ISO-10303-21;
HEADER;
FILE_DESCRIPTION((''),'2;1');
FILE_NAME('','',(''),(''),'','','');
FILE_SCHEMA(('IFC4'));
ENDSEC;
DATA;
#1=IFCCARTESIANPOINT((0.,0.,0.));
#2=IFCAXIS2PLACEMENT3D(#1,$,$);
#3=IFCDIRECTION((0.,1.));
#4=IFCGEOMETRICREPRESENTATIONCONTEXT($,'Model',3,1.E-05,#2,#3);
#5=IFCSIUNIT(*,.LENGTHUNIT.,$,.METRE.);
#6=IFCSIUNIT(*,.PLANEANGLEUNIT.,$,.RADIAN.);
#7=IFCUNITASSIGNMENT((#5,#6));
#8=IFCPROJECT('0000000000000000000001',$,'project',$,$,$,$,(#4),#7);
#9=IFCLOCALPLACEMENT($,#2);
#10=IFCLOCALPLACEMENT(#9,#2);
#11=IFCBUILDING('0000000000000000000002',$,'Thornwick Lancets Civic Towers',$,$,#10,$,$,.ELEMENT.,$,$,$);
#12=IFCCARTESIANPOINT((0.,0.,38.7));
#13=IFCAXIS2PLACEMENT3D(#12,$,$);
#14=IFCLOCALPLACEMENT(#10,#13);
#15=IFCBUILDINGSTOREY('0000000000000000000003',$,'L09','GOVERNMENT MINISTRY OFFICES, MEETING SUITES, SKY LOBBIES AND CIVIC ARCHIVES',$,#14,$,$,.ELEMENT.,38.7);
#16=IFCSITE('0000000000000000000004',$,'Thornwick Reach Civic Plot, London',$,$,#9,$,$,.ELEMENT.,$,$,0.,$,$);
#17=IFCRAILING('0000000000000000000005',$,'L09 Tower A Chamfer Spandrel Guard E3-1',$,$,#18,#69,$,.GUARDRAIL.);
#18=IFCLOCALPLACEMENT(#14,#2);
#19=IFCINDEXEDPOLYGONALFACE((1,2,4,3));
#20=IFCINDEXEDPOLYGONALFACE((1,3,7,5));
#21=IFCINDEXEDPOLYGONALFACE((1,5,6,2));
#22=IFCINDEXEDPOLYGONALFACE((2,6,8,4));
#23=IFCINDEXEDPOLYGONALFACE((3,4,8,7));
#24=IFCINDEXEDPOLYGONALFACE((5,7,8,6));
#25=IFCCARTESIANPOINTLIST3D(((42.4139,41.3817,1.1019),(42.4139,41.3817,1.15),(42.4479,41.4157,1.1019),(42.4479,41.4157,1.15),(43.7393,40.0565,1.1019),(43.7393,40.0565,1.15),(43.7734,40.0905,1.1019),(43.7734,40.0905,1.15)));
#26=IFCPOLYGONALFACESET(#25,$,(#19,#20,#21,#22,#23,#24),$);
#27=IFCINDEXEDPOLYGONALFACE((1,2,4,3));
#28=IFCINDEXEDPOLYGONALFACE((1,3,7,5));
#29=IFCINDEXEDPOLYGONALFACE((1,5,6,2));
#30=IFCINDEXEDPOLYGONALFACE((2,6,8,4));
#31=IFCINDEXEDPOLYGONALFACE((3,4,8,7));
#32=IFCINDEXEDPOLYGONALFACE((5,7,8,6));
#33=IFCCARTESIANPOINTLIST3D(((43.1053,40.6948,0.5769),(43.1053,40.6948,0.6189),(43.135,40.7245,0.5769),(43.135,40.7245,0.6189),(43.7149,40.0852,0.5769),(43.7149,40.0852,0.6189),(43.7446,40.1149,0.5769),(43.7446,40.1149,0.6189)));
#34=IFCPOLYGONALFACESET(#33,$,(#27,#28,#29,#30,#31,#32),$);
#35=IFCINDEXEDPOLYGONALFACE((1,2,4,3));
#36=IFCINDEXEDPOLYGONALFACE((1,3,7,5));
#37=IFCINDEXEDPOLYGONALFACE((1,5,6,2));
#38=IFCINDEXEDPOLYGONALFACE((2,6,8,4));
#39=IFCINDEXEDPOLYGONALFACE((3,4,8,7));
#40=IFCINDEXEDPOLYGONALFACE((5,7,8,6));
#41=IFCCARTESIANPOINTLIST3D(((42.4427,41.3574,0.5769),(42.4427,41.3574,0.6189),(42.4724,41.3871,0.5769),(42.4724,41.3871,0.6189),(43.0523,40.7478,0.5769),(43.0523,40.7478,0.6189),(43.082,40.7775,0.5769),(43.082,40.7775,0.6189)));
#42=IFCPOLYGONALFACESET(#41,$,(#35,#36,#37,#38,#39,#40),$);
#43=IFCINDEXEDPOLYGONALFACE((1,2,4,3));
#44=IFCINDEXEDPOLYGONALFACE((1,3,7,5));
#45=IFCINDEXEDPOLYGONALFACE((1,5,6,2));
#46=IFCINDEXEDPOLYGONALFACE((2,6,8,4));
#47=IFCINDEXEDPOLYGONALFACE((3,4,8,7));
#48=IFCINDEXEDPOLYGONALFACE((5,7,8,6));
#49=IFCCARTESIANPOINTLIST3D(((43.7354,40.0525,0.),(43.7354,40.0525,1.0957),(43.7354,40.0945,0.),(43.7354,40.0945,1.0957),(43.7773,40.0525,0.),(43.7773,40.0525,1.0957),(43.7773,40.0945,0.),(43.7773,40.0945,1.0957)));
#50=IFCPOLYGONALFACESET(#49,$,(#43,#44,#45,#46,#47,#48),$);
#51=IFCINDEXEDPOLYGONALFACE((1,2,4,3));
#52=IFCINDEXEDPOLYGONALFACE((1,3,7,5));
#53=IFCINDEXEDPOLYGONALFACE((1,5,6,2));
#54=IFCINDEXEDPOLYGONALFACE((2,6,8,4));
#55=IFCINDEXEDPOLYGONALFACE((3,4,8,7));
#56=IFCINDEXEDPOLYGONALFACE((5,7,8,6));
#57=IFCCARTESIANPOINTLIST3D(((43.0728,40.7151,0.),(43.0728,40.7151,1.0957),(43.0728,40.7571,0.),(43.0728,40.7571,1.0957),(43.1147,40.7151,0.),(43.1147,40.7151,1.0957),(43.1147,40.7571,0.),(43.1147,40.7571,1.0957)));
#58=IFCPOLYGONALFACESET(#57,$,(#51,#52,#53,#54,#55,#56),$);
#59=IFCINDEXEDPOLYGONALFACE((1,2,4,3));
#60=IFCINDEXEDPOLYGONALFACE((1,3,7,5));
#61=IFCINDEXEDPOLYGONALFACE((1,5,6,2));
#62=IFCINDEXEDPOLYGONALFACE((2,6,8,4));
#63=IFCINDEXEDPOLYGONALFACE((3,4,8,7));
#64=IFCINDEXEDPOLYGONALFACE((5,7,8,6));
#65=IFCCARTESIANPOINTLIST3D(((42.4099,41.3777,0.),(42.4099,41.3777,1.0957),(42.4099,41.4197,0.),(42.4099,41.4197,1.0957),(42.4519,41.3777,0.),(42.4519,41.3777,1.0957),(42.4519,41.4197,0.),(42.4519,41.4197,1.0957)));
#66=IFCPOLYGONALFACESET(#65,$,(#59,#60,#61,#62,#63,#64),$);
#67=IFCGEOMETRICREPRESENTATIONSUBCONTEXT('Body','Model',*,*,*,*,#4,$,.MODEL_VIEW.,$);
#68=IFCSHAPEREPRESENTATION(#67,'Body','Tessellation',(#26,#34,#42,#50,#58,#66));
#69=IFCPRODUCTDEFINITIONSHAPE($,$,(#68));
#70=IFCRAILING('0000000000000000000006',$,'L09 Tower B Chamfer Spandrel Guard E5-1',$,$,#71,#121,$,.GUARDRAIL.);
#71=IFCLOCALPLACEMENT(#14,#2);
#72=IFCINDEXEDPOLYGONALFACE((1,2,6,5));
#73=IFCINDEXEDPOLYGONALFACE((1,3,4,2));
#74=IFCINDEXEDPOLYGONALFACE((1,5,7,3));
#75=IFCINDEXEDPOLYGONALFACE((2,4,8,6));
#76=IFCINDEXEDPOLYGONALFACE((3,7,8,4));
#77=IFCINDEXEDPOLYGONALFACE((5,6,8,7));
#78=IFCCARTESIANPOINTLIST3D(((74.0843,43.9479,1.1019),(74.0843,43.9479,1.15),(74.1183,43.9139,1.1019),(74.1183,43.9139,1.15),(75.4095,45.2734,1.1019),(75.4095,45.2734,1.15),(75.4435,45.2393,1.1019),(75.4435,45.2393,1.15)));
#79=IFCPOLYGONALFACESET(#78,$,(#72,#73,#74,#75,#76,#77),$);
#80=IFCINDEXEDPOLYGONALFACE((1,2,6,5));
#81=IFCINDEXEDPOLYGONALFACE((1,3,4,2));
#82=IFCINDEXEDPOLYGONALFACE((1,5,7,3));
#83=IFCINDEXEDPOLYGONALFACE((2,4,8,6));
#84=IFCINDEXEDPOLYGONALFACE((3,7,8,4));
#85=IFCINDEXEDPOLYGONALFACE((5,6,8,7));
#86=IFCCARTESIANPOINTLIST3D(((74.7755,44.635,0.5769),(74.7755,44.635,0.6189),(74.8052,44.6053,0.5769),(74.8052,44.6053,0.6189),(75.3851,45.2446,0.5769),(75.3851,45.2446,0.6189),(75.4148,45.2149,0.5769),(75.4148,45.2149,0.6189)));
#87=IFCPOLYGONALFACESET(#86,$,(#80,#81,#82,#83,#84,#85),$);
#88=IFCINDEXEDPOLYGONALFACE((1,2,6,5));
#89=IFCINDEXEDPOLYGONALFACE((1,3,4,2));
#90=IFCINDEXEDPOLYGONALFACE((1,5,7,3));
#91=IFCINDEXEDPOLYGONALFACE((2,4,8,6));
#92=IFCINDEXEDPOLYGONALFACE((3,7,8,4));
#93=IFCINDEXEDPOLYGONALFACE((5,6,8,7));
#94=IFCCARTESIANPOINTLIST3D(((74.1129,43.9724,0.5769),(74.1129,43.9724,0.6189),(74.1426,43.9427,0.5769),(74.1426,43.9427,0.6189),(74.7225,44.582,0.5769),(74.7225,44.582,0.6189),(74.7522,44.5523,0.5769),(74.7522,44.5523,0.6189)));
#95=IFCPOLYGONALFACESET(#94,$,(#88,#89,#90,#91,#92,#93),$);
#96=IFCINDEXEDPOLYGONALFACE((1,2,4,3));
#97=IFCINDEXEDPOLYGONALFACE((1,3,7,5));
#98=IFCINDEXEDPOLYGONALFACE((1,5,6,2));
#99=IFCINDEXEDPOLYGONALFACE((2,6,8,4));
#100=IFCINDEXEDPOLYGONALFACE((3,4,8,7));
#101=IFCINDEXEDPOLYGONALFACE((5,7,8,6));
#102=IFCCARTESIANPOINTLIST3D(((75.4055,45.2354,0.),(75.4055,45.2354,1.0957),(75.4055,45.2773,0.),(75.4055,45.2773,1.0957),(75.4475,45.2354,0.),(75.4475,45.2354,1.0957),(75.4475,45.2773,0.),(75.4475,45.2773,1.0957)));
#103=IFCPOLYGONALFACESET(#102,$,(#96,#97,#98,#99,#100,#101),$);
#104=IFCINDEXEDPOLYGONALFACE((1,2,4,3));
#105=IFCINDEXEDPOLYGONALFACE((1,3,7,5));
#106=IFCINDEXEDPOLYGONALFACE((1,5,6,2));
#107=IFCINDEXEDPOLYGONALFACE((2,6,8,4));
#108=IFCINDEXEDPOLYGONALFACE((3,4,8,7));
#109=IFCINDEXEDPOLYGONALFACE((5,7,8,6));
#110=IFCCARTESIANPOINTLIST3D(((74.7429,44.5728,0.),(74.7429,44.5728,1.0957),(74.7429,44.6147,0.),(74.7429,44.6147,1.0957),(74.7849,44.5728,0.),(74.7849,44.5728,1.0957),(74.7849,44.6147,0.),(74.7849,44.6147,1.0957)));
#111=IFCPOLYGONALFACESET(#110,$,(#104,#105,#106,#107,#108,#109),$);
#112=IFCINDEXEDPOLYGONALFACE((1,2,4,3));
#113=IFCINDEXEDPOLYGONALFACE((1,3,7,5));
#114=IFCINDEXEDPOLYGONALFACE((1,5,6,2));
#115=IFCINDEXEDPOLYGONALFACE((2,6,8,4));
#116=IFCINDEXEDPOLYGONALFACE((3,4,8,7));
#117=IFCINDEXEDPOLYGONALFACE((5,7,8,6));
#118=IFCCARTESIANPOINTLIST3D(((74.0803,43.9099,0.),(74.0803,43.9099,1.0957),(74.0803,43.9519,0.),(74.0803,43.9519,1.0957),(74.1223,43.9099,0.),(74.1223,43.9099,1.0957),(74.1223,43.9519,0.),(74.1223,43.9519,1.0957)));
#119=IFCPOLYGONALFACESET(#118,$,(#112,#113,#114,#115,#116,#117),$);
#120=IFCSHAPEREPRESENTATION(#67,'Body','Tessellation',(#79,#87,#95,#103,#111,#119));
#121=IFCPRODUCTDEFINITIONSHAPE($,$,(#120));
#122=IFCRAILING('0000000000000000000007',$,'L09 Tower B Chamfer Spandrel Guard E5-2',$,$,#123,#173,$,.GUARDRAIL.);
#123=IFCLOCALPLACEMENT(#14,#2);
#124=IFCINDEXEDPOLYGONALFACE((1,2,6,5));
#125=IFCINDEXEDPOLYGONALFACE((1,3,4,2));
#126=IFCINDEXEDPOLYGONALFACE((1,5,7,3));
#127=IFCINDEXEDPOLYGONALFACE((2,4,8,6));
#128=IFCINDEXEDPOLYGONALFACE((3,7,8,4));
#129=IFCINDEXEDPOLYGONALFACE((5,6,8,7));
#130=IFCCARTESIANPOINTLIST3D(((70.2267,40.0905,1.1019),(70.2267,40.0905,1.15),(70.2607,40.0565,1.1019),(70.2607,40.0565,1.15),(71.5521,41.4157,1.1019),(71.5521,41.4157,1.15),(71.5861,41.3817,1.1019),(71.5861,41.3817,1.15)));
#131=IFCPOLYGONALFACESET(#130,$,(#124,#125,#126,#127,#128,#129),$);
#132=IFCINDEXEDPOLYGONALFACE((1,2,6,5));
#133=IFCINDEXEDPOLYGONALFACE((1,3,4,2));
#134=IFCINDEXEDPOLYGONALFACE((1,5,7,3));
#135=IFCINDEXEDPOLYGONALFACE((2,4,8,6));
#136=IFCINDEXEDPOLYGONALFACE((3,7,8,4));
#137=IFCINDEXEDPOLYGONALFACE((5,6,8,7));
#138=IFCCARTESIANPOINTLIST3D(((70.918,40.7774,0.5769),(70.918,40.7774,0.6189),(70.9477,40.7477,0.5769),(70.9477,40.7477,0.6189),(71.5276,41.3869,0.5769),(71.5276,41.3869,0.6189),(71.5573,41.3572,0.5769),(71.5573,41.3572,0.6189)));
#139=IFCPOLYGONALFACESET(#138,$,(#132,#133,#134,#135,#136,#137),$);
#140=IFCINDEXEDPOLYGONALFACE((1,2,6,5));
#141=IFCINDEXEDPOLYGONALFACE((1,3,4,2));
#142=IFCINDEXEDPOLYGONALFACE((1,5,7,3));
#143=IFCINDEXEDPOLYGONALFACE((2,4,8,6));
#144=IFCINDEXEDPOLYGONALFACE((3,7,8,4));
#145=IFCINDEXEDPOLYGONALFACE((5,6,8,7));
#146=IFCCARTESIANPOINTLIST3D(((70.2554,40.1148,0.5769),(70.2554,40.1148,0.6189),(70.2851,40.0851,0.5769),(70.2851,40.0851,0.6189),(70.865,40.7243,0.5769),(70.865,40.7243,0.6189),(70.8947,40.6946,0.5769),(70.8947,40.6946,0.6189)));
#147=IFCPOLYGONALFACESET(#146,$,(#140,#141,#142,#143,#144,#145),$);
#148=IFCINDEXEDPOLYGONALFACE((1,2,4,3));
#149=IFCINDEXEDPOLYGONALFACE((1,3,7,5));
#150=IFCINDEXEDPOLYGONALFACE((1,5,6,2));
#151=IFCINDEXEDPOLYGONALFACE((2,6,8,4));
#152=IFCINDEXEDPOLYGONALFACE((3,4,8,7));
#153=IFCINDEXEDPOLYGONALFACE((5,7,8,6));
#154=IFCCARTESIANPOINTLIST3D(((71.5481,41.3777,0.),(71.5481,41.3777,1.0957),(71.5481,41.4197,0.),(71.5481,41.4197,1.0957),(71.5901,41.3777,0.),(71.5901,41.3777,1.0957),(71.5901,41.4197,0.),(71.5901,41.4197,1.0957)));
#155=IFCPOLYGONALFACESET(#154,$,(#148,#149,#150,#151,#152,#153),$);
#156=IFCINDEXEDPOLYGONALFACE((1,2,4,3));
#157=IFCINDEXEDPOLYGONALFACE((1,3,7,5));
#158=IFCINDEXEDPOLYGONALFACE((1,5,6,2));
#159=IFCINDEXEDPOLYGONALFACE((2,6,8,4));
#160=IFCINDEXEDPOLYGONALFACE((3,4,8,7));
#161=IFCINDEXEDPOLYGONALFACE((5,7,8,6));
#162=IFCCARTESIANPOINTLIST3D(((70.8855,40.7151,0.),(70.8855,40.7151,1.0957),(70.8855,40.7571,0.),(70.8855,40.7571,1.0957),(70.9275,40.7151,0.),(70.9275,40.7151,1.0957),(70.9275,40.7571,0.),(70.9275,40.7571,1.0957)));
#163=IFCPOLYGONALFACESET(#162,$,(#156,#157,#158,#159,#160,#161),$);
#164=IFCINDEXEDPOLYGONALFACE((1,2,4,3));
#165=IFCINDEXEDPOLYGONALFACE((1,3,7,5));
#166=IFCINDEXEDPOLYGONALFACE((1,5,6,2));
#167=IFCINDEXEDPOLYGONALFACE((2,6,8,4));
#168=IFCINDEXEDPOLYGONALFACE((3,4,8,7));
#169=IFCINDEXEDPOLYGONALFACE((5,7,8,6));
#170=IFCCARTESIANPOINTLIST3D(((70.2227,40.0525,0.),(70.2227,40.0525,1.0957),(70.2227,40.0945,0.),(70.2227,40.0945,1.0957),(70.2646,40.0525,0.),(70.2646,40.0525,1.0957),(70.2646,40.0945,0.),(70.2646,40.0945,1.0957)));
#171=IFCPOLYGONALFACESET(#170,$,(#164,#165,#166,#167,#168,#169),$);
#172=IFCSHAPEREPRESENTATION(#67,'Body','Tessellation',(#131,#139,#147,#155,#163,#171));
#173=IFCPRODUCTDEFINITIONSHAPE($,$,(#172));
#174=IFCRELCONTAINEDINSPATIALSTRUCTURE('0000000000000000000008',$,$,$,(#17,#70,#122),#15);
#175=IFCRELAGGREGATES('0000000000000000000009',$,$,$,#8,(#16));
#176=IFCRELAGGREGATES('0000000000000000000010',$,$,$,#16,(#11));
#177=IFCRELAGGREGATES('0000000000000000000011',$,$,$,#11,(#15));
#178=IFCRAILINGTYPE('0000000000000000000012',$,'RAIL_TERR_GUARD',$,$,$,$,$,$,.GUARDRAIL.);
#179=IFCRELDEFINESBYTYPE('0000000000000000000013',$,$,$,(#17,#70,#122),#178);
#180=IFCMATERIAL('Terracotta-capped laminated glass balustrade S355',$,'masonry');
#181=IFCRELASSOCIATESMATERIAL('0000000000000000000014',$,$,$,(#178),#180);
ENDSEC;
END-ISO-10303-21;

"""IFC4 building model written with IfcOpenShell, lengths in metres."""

from ifc_helpers import new_model, si_unit, direction, frame, origin, origin_2d, place, context, subcontext, project, spatial, rectangle, extrude, material, type_object, element, save


model = new_model("IFC4")

# Units and contexts
model_context = context("Model", 3, precision=1e-05, world=origin(), true_north=direction((0.0, 1.0)))
body_context = subcontext(model_context, "Body", "Model", "MODEL_VIEW")
ifc_project = project(units=[si_unit("LENGTHUNIT", "METRE"), si_unit("PLANEANGLEUNIT", "RADIAN")], contexts=[model_context])

# Site, building, storey
site_placement = place(None, origin())
site = spatial("IfcSite", under=ifc_project, at=site_placement, Name="Thornwick Reach Civic Plot, London", CompositionType="ELEMENT", RefElevation=0.0)
building_placement = place(site_placement, origin())
building = spatial("IfcBuilding", under=site, at=building_placement, Name="Thornwick Lancets Civic Towers", CompositionType="ELEMENT")
storey_placement = place(building_placement, frame((0.0, 0.0, 38.7)))
storey = spatial("IfcBuildingStorey", under=building, at=storey_placement, Name="L09", Description="GOVERNMENT MINISTRY OFFICES, MEETING SUITES, SKY LOBBIES AND CIVIC ARCHIVES", CompositionType="ELEMENT", Elevation=38.7)

# Railings
ifc_material_1 = material(Name="Terracotta-capped laminated glass balustrade S355", Category="masonry")
railing_type = type_object("IfcRailingType", Name="RAIL_TERR_GUARD", PredefinedType="GUARDRAIL", material=ifc_material_1)
railing_1_placement = place(storey_placement, frame((43.7563, 40.0735, 0.0)))
element("IfcRailing", 1, at=railing_1_placement, inside=storey, type_object=railing_type, Name="L09 Tower A Chamfer Spandrel Guard E3-1", PredefinedType="GUARDRAIL", context=body_context, shape_type="SweptSolid", body=[
    extrude(rectangle(XDim=0.0481, YDim=0.0481, at=origin_2d()), frame((0.0, 0.0, 1.126), z_axis=(-0.707172, 0.707042, 0.0), x_axis=(-0.707042, -0.707172, 0.0)), (0.0, 0.0, 1.0), 1.8743),
    extrude(rectangle(XDim=0.042, YDim=0.042, at=origin_2d()), frame((-0.0266, 0.0266, 0.5979), z_axis=(-0.707172, 0.707042, 0.0), x_axis=(-0.707042, -0.707172, 0.0)), (0.0, 0.0, 1.0), 0.8621),
    extrude(rectangle(XDim=0.042, YDim=0.042, at=origin_2d()), frame((-0.6892, 0.6892, 0.5979), z_axis=(-0.707172, 0.707042, 0.0), x_axis=(-0.707042, -0.707172, 0.0)), (0.0, 0.0, 1.0), 0.8621),
    extrude(rectangle(XDim=0.042, YDim=0.042, at=origin_2d()), origin(), (0.0, 0.0, 1.0), 1.0957),
    extrude(rectangle(XDim=0.042, YDim=0.042, at=origin_2d()), frame((-0.6626, 0.6626, 0.0)), (0.0, 0.0, 1.0), 1.0957),
    extrude(rectangle(XDim=0.042, YDim=0.042, at=origin_2d()), frame((-1.3254, 1.3252, 0.0)), (0.0, 0.0, 1.0), 1.0957),
])
railing_2_placement = place(storey_placement, frame((75.4265, 45.2563, 0.0)))
element("IfcRailing", 2, at=railing_2_placement, inside=storey, type_object=railing_type, Name="L09 Tower B Chamfer Spandrel Guard E5-1", PredefinedType="GUARDRAIL", context=body_context, shape_type="SweptSolid", body=[
    extrude(rectangle(XDim=0.0481, YDim=0.0481, at=origin_2d()), frame((0.0, 0.0, 1.126), z_axis=(-0.707042, -0.707172, 0.0), x_axis=(0.707172, -0.707042, 0.0)), (0.0, 0.0, 1.0), 1.8743),
    extrude(rectangle(XDim=0.042, YDim=0.042, at=origin_2d()), frame((-0.0266, -0.0266, 0.5979), z_axis=(-0.707042, -0.707172, 0.0), x_axis=(0.707172, -0.707042, 0.0)), (0.0, 0.0, 1.0), 0.8621),
    extrude(rectangle(XDim=0.042, YDim=0.042, at=origin_2d()), frame((-0.6892, -0.6892, 0.5979), z_axis=(-0.707042, -0.707172, 0.0), x_axis=(0.707172, -0.707042, 0.0)), (0.0, 0.0, 1.0), 0.8621),
    extrude(rectangle(XDim=0.042, YDim=0.042, at=origin_2d()), origin(), (0.0, 0.0, 1.0), 1.0957),
    extrude(rectangle(XDim=0.042, YDim=0.042, at=origin_2d()), frame((-0.6626, -0.6626, 0.0)), (0.0, 0.0, 1.0), 1.0957),
    extrude(rectangle(XDim=0.042, YDim=0.042, at=origin_2d()), frame((-1.3252, -1.3254, 0.0)), (0.0, 0.0, 1.0), 1.0957),
])
railing_3_placement = place(storey_placement, frame((71.5691, 41.3987, 0.0)))
element("IfcRailing", 3, at=railing_3_placement, inside=storey, type_object=railing_type, Name="L09 Tower B Chamfer Spandrel Guard E5-2", PredefinedType="GUARDRAIL", context=body_context, shape_type="SweptSolid", body=[
    extrude(rectangle(XDim=0.0481, YDim=0.0481, at=origin_2d()), frame((0.0, 0.0, 1.126), z_axis=(-0.707172, -0.707042, 0.0), x_axis=(0.707042, -0.707172, 0.0)), (0.0, 0.0, 1.0), 1.8743),
    extrude(rectangle(XDim=0.042, YDim=0.042, at=origin_2d()), frame((-0.0266, -0.0266, 0.5979), z_axis=(-0.707172, -0.707042, 0.0), x_axis=(0.707042, -0.707172, 0.0)), (0.0, 0.0, 1.0), 0.8621),
    extrude(rectangle(XDim=0.042, YDim=0.042, at=origin_2d()), frame((-0.6892, -0.6892, 0.5979), z_axis=(-0.707172, -0.707042, 0.0), x_axis=(0.707042, -0.707172, 0.0)), (0.0, 0.0, 1.0), 0.8621),
    extrude(rectangle(XDim=0.042, YDim=0.042, at=origin_2d()), origin(), (0.0, 0.0, 1.0), 1.0957),
    extrude(rectangle(XDim=0.042, YDim=0.042, at=origin_2d()), frame((-0.6626, -0.6626, 0.0)), (0.0, 0.0, 1.0), 1.0957),
    extrude(rectangle(XDim=0.042, YDim=0.042, at=origin_2d()), frame((-1.3254, -1.3252, 0.0)), (0.0, 0.0, 1.0), 1.0957),
])

save(model, "model.ifc")
